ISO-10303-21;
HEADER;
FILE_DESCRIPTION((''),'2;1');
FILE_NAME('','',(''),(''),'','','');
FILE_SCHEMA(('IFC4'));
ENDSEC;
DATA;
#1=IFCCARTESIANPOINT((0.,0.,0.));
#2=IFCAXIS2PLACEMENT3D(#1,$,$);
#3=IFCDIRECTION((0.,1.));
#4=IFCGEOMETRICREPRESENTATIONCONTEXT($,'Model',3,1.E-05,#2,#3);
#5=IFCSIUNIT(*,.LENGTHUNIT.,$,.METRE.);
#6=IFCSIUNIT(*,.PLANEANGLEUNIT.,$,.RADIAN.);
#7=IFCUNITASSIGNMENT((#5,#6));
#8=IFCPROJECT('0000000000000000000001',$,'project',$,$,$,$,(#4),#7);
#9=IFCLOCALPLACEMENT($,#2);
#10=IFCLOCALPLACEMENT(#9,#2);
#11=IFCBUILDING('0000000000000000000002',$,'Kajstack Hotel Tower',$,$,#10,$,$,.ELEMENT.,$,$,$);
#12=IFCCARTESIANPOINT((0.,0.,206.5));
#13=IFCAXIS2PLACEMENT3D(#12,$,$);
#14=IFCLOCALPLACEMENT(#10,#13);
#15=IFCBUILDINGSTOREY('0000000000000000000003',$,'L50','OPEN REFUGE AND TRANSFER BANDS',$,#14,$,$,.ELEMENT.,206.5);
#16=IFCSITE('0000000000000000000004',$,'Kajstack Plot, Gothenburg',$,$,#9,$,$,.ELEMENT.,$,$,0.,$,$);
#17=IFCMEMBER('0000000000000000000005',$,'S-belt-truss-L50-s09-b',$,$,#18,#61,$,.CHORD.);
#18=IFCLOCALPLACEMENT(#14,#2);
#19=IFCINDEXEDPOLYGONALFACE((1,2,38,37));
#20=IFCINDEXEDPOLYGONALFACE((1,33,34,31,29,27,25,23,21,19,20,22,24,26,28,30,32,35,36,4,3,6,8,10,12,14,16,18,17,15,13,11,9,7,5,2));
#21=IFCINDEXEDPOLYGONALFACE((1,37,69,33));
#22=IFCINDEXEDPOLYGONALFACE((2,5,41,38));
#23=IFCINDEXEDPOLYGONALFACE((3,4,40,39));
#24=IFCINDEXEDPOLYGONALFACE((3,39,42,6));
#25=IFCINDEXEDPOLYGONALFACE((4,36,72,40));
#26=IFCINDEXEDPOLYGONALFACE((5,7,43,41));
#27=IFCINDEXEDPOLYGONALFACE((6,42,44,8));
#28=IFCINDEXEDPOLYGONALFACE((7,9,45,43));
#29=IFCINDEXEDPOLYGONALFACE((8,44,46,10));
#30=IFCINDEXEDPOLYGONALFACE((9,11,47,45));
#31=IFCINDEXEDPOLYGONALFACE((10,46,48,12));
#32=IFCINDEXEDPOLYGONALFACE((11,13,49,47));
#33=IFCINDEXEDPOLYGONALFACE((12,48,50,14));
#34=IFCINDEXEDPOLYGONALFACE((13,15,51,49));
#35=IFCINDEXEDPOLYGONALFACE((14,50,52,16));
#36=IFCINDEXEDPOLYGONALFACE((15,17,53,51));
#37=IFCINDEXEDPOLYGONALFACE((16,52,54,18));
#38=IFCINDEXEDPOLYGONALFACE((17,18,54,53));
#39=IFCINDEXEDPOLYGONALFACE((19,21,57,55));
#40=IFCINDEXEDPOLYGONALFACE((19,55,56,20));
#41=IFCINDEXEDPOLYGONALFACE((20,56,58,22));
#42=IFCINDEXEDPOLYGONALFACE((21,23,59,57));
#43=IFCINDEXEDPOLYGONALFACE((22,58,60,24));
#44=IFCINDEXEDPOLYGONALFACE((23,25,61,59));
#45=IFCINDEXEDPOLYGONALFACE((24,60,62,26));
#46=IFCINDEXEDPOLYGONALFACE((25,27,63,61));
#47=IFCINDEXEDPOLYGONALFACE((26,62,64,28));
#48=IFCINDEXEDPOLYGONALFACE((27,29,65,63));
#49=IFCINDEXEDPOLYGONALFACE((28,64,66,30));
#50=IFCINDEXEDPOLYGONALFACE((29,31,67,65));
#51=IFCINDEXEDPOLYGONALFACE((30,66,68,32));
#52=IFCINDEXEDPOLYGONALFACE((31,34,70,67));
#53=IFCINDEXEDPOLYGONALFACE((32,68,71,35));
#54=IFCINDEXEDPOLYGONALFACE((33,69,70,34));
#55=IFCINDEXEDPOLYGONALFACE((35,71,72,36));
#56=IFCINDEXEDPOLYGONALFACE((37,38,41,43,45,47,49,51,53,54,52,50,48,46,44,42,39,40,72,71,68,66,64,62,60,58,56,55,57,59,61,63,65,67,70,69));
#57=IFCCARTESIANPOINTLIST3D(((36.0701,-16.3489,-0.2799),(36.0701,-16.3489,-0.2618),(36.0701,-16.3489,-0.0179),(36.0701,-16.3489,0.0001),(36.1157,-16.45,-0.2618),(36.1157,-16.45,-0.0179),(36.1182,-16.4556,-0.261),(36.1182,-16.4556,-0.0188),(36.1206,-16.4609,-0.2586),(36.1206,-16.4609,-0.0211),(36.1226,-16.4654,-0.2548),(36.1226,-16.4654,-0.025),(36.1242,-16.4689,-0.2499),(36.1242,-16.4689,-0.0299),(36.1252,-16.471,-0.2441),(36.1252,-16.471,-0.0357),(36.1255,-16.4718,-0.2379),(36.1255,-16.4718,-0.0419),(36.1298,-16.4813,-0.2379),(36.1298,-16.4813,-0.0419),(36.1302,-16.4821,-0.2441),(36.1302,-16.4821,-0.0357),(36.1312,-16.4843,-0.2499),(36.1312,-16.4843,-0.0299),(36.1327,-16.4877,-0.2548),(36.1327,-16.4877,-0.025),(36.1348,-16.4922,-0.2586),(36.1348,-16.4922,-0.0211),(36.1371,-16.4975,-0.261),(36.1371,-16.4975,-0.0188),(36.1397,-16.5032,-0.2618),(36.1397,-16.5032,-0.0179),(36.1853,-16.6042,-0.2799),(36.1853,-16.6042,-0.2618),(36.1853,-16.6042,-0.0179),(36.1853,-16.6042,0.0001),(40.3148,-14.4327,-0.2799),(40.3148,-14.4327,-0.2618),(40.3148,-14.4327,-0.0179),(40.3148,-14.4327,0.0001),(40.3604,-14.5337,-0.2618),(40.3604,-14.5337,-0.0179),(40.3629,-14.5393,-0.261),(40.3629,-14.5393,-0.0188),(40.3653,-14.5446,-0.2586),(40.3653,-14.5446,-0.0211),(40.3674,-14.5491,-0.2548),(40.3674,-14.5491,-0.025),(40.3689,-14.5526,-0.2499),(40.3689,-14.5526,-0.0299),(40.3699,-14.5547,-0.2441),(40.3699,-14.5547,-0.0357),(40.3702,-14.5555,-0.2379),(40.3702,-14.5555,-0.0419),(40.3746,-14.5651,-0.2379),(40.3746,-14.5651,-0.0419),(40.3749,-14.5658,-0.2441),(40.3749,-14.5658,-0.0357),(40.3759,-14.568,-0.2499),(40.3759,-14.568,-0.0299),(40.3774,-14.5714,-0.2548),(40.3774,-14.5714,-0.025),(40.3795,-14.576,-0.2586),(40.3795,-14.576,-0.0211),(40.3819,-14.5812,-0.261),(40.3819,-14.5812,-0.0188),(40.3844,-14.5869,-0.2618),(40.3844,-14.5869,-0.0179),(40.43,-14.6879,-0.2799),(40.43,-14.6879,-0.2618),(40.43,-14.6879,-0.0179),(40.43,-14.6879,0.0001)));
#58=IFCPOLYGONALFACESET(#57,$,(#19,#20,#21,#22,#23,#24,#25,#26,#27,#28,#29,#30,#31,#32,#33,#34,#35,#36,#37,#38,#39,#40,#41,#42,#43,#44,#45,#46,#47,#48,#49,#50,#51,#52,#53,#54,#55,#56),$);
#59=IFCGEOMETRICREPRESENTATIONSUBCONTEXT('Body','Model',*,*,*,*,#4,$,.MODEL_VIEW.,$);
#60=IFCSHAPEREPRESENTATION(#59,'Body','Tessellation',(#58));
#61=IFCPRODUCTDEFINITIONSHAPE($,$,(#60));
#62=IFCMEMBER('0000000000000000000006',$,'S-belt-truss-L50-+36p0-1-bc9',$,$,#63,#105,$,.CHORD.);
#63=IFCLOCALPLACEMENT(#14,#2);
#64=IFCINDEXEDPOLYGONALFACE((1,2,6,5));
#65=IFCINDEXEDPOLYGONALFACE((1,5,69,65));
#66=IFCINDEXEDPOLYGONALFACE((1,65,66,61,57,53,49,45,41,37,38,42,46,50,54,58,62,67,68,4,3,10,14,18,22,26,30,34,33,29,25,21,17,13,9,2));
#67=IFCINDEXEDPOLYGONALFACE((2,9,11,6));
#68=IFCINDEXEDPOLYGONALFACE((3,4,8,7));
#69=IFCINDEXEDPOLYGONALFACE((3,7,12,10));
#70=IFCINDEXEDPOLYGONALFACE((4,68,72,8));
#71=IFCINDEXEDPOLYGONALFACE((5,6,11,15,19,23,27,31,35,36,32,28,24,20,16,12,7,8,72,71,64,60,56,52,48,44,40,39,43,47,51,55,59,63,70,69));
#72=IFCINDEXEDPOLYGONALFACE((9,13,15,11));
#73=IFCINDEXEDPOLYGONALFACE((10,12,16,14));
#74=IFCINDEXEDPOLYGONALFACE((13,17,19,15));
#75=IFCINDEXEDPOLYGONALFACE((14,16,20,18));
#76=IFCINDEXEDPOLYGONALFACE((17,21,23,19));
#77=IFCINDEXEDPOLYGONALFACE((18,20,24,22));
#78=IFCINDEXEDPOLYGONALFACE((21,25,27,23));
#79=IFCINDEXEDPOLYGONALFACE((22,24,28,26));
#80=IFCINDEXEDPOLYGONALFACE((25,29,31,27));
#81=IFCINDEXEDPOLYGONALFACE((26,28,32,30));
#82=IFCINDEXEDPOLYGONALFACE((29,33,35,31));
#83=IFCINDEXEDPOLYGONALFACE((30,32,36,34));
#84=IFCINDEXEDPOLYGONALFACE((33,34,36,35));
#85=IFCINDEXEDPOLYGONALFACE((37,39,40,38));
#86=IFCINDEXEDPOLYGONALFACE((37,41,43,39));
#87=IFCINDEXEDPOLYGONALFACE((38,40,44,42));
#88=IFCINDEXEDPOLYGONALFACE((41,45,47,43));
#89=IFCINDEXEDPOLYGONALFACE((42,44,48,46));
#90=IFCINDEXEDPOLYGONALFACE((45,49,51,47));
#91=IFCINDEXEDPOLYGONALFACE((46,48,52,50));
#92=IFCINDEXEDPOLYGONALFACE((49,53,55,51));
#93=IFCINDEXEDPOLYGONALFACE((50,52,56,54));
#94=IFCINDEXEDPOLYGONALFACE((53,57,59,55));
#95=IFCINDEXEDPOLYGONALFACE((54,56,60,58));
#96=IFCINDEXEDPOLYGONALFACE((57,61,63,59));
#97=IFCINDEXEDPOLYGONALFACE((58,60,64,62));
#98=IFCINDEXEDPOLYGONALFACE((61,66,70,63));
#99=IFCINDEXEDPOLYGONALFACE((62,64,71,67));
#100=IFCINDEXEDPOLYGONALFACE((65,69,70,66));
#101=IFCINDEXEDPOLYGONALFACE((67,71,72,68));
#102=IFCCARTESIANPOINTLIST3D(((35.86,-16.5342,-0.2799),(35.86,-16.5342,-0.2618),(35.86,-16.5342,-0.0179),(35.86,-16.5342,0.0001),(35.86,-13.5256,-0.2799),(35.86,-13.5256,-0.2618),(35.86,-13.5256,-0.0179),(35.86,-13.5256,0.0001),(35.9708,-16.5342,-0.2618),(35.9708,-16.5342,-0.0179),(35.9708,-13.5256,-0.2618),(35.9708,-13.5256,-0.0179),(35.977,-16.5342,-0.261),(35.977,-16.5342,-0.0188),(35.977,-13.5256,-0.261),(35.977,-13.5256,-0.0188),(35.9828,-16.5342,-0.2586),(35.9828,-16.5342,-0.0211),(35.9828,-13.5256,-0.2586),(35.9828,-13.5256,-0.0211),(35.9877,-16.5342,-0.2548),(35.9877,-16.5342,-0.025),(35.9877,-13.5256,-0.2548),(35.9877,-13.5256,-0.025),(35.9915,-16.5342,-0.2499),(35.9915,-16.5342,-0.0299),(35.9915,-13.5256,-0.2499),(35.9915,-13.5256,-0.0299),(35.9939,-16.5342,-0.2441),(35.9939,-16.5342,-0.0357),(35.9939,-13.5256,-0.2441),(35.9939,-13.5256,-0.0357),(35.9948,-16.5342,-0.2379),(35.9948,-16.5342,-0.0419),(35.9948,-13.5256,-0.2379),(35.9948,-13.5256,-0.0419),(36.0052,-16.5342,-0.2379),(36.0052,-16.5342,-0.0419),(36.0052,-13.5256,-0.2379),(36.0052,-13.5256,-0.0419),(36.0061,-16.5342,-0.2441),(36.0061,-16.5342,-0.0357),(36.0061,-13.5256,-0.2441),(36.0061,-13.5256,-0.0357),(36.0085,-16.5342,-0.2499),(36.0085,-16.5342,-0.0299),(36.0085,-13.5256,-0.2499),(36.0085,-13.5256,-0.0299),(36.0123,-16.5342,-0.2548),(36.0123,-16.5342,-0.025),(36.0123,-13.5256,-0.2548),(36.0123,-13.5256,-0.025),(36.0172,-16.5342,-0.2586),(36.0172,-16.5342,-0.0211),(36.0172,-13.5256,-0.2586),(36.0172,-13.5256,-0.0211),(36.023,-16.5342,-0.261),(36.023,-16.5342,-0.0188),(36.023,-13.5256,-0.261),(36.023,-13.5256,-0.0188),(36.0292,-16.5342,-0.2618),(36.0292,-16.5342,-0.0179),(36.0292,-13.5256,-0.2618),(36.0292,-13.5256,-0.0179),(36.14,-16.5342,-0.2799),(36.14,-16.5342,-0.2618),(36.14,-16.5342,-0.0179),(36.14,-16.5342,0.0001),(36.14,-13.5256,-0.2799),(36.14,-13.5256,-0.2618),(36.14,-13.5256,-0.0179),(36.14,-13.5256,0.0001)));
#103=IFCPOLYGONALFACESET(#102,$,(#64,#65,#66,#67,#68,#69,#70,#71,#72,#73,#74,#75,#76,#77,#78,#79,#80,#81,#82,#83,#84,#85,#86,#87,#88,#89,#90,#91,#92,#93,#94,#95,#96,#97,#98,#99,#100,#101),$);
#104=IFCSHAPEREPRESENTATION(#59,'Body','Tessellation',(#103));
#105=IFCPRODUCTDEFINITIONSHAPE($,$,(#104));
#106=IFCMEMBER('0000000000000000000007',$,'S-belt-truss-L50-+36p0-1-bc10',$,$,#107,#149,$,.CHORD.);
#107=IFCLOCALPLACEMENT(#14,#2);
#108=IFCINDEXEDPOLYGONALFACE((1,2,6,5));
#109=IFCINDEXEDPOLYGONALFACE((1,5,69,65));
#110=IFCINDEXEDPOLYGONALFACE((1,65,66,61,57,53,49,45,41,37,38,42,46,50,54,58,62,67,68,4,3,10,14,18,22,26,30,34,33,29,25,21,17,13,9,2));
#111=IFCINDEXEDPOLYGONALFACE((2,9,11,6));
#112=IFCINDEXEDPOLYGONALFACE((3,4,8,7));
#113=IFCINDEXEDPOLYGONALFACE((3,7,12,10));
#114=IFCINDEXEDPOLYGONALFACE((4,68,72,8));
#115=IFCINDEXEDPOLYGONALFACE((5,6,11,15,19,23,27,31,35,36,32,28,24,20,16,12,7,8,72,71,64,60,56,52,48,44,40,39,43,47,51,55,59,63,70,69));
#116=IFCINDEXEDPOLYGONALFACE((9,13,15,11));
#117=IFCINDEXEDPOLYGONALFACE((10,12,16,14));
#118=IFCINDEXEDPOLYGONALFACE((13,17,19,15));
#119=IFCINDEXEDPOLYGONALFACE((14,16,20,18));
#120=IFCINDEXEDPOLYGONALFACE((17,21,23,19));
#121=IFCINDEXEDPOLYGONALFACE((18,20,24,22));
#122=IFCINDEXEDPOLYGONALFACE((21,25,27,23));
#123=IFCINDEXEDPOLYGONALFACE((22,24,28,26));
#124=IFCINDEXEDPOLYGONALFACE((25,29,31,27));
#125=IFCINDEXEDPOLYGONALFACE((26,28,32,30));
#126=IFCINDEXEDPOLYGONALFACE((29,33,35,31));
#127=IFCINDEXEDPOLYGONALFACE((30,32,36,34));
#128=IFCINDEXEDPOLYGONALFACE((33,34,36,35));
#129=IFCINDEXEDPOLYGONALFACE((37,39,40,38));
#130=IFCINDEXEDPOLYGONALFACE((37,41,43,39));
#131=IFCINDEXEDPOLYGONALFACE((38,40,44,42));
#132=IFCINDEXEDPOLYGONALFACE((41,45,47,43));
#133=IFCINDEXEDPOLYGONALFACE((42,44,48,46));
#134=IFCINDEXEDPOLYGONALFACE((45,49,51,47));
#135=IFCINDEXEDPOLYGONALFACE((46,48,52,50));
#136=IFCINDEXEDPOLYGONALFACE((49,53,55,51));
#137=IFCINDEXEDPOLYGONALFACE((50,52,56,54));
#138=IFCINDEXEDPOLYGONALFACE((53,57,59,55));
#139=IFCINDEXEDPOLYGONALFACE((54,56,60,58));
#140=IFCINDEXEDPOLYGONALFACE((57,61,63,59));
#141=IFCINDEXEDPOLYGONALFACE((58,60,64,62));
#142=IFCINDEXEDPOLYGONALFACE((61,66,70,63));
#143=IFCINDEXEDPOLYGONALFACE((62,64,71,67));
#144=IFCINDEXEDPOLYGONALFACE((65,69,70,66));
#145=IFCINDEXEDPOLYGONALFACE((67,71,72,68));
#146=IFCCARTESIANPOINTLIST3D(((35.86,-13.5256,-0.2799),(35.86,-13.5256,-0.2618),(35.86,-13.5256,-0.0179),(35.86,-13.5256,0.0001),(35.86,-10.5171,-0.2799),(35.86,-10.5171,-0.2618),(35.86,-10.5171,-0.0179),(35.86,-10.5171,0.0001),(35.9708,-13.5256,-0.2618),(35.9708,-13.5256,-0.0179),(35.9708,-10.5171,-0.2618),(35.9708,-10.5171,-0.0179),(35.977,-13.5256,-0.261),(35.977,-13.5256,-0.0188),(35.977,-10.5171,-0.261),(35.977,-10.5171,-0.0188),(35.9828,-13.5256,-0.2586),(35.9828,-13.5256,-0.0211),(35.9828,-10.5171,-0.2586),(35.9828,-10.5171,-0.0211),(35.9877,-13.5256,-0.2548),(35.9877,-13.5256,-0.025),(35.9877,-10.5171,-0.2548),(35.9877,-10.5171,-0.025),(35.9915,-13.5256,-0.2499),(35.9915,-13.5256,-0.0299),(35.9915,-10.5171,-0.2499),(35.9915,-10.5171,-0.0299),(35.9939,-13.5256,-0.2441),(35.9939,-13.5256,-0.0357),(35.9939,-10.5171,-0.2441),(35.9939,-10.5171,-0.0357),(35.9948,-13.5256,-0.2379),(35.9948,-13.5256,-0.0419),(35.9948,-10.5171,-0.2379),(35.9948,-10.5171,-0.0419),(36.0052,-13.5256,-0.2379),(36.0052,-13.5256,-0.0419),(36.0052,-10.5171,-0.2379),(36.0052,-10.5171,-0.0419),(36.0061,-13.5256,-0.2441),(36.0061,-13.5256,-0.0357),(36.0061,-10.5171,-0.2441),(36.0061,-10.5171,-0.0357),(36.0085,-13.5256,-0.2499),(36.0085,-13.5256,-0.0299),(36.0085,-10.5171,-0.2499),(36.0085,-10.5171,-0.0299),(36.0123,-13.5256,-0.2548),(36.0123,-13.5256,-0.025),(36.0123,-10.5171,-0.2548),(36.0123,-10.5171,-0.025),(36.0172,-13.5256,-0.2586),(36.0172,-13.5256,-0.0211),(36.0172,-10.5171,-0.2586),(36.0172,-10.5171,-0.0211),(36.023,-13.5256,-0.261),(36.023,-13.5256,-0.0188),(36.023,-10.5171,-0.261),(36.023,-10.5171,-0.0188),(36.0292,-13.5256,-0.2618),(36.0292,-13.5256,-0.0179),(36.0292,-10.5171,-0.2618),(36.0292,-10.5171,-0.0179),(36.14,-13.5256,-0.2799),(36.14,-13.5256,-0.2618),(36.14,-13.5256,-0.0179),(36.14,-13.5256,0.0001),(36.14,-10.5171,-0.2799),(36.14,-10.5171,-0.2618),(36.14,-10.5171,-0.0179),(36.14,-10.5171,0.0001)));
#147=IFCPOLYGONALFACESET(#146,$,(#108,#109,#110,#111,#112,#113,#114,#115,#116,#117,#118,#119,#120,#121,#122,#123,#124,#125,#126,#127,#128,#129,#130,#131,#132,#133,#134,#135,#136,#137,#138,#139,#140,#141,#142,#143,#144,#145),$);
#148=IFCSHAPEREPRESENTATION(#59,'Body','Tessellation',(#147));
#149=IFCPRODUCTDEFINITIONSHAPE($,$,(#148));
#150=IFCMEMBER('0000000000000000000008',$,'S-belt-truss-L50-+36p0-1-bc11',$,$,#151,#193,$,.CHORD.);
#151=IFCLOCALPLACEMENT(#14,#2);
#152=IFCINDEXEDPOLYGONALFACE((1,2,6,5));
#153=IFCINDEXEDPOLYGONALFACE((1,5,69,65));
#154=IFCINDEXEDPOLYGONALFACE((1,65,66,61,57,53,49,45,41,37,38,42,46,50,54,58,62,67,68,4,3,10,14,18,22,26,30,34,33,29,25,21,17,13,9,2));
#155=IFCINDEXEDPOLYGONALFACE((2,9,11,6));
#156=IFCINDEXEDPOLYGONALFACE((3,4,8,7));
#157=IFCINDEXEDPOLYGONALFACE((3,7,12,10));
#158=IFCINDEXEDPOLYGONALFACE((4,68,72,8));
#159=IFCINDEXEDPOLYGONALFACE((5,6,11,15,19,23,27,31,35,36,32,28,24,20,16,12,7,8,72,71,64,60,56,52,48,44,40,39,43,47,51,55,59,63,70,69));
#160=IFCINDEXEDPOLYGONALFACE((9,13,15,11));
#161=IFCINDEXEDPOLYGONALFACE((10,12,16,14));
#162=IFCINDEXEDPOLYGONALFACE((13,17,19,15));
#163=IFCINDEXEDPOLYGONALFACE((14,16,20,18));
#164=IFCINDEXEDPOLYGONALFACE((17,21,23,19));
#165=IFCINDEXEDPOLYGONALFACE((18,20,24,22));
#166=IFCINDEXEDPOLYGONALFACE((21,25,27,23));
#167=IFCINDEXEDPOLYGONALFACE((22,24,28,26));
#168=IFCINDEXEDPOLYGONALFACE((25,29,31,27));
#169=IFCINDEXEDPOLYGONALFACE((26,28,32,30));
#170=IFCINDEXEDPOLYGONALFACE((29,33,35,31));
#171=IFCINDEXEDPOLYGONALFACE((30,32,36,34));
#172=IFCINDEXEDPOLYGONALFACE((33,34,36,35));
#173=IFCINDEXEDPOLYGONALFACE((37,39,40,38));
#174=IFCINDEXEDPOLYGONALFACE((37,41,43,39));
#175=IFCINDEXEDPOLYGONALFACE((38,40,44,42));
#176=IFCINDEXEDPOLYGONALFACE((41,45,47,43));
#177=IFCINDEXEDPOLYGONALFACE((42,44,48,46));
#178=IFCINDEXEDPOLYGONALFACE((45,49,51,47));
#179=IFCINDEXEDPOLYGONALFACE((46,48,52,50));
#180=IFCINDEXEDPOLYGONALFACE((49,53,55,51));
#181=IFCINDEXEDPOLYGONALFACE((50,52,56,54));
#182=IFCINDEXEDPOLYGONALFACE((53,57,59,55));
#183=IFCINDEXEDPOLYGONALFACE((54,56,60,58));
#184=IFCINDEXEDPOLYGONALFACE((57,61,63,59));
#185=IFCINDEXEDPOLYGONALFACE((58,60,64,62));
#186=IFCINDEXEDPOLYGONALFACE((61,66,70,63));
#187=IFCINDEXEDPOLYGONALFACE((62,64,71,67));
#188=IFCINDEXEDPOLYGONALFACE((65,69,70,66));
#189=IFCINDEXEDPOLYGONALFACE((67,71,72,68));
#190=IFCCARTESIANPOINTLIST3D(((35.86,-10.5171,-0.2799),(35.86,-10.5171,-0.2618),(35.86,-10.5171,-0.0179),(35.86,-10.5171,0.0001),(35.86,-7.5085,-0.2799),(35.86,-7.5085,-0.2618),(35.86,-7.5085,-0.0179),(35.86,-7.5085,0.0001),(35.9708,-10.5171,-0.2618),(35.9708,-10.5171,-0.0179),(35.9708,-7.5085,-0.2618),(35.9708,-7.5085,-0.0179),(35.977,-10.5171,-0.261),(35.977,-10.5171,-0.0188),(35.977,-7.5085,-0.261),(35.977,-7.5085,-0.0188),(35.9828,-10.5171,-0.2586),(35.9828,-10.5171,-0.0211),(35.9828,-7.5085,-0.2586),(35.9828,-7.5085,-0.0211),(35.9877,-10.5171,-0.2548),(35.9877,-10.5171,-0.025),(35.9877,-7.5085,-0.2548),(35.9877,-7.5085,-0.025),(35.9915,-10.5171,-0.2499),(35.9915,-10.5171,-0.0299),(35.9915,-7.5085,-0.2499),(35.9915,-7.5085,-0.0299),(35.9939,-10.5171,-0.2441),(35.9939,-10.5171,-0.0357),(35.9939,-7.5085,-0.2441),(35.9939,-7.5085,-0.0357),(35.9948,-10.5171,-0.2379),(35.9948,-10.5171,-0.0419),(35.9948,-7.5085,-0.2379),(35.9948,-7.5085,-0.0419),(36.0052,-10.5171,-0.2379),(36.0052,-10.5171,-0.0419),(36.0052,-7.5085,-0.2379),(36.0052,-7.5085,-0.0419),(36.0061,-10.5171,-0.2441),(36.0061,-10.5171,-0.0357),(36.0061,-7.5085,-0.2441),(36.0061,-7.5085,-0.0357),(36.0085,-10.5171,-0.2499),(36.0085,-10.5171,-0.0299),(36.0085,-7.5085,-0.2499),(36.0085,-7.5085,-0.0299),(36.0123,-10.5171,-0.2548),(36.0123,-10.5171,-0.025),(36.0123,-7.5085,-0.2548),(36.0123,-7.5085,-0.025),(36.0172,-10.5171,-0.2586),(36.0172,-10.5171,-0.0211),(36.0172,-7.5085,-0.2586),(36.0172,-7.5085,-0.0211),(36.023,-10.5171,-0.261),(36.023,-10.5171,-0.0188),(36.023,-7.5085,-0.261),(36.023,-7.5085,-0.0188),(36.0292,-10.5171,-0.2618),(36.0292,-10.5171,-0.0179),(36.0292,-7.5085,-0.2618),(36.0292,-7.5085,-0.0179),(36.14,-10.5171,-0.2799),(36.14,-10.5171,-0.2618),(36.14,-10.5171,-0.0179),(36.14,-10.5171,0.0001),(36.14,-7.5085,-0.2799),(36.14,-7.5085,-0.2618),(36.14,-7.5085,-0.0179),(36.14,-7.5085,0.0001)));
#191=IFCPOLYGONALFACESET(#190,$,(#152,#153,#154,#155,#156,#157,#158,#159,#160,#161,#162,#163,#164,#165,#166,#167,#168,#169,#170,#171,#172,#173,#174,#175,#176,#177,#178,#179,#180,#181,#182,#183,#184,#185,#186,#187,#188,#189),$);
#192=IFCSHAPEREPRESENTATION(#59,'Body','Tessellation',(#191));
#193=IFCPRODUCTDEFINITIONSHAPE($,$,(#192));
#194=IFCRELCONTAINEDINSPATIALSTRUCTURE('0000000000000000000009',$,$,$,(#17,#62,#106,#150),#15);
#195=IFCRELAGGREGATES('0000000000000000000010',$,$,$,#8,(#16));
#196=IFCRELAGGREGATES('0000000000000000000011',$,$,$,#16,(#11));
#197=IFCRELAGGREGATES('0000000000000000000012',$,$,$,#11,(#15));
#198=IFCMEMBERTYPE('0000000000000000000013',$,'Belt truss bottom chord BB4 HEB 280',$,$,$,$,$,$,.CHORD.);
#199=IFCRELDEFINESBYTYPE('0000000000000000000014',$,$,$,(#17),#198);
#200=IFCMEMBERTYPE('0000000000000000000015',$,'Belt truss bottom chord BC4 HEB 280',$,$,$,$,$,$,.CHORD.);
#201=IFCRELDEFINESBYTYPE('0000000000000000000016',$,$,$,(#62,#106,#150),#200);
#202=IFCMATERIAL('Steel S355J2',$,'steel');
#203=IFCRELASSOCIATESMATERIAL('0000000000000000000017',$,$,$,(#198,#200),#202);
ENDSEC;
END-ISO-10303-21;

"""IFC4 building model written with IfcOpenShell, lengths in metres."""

from ifc_helpers import new_model, si_unit, direction, frame, origin, origin_2d, place, context, subcontext, project, spatial, i_section, extrude, material, material_profile, profile_set, type_object, element, save


model = new_model("IFC4")

# Units and contexts
model_context = context("Model", 3, precision=1e-05, world=origin(), true_north=direction((0.0, 1.0)))
body_context = subcontext(model_context, "Body", "Model", "MODEL_VIEW")
ifc_project = project(units=[si_unit("LENGTHUNIT", "METRE"), si_unit("PLANEANGLEUNIT", "RADIAN")], contexts=[model_context])

# Site, building, storey
site_placement = place(None, origin())
site = spatial("IfcSite", under=ifc_project, at=site_placement, Name="Kajstack Plot, Gothenburg", CompositionType="ELEMENT", RefElevation=0.0)
building_placement = place(site_placement, origin())
building = spatial("IfcBuilding", under=site, at=building_placement, Name="Kajstack Hotel Tower", CompositionType="ELEMENT")
storey_placement = place(building_placement, frame((0.0, 0.0, 206.5)))
storey = spatial("IfcBuildingStorey", under=building, at=storey_placement, Name="L50", Description="OPEN REFUGE AND TRANSFER BANDS", CompositionType="ELEMENT", Elevation=206.5)

# Members
ifc_material = material(Name="Steel S355J2", Category="steel")
ifc_material_profile_1 = material_profile(ifc_material, i_section(OverallWidth=0.28, OverallDepth=0.28, WebThickness=0.0105, FlangeThickness=0.0181, FilletRadius=0.0239, at=origin_2d()), Name="HEB 280")
ifc_profile_set_1 = profile_set([ifc_material_profile_1], Name="Steel S355J2")
member_type_1 = type_object("IfcMemberType", Name="Belt truss bottom chord BB4 HEB 280", PredefinedType="CHORD", material=ifc_profile_set_1)
member_1_placement = place(storey_placement, frame((36.1277, -16.4766, -0.1399), z_axis=(0.911425, 0.411467, 0.0), x_axis=(-0.411467, 0.911425, 0.0)))
element("IfcMember", 1, at=member_1_placement, inside=storey, type_object=member_type_1, Name="S-belt-truss-L50-s09-b", PredefinedType="CHORD", context=body_context, shape_type="SweptSolid", body=[
    extrude(i_section(OverallWidth=0.28, OverallDepth=0.28, WebThickness=0.0105, FlangeThickness=0.0181, FilletRadius=0.0239, at=origin_2d()), origin(), (0.0, 0.0, 1.0), 4.6572),
])
ifc_material_profile_2 = material_profile(ifc_material, i_section(OverallWidth=0.28, OverallDepth=0.28, WebThickness=0.0105, FlangeThickness=0.0181, FilletRadius=0.0239, at=origin_2d()), Name="HEB 280")
ifc_profile_set_2 = profile_set([ifc_material_profile_2], Name="Steel S355J2")
member_type_2 = type_object("IfcMemberType", Name="Belt truss bottom chord BC4 HEB 280", PredefinedType="CHORD", material=ifc_profile_set_2)
for number, where, z_axis, x_axis, name in (
    (2, (36.0, -16.5342, -0.1399), (0.0, 1.0, 0.0), (-1.0, 0.0, 0.0), "S-belt-truss-L50-+36p0-1-bc9"),
    (3, (36.0, -13.5256, -0.1399), (0.0, 1.0, 0.0), (-1.0, 0.0, 0.0), "S-belt-truss-L50-+36p0-1-bc10"),
    (4, (36.0, -10.5171, -0.1399), (0.0, 1.0, 0.0), (-1.0, 0.0, 0.0), "S-belt-truss-L50-+36p0-1-bc11"),
):
    element("IfcMember", number, at=place(storey_placement, frame(where, z_axis=z_axis, x_axis=x_axis)), inside=storey, type_object=member_type_2, Name=name, PredefinedType="CHORD", context=body_context, shape_type="SweptSolid", body=[
        extrude(i_section(OverallWidth=0.28, OverallDepth=0.28, WebThickness=0.0105, FlangeThickness=0.0181, FilletRadius=0.0239, at=origin_2d()), origin(), (0.0, 0.0, 1.0), 3.0085),
    ])

save(model, "model.ifc")
